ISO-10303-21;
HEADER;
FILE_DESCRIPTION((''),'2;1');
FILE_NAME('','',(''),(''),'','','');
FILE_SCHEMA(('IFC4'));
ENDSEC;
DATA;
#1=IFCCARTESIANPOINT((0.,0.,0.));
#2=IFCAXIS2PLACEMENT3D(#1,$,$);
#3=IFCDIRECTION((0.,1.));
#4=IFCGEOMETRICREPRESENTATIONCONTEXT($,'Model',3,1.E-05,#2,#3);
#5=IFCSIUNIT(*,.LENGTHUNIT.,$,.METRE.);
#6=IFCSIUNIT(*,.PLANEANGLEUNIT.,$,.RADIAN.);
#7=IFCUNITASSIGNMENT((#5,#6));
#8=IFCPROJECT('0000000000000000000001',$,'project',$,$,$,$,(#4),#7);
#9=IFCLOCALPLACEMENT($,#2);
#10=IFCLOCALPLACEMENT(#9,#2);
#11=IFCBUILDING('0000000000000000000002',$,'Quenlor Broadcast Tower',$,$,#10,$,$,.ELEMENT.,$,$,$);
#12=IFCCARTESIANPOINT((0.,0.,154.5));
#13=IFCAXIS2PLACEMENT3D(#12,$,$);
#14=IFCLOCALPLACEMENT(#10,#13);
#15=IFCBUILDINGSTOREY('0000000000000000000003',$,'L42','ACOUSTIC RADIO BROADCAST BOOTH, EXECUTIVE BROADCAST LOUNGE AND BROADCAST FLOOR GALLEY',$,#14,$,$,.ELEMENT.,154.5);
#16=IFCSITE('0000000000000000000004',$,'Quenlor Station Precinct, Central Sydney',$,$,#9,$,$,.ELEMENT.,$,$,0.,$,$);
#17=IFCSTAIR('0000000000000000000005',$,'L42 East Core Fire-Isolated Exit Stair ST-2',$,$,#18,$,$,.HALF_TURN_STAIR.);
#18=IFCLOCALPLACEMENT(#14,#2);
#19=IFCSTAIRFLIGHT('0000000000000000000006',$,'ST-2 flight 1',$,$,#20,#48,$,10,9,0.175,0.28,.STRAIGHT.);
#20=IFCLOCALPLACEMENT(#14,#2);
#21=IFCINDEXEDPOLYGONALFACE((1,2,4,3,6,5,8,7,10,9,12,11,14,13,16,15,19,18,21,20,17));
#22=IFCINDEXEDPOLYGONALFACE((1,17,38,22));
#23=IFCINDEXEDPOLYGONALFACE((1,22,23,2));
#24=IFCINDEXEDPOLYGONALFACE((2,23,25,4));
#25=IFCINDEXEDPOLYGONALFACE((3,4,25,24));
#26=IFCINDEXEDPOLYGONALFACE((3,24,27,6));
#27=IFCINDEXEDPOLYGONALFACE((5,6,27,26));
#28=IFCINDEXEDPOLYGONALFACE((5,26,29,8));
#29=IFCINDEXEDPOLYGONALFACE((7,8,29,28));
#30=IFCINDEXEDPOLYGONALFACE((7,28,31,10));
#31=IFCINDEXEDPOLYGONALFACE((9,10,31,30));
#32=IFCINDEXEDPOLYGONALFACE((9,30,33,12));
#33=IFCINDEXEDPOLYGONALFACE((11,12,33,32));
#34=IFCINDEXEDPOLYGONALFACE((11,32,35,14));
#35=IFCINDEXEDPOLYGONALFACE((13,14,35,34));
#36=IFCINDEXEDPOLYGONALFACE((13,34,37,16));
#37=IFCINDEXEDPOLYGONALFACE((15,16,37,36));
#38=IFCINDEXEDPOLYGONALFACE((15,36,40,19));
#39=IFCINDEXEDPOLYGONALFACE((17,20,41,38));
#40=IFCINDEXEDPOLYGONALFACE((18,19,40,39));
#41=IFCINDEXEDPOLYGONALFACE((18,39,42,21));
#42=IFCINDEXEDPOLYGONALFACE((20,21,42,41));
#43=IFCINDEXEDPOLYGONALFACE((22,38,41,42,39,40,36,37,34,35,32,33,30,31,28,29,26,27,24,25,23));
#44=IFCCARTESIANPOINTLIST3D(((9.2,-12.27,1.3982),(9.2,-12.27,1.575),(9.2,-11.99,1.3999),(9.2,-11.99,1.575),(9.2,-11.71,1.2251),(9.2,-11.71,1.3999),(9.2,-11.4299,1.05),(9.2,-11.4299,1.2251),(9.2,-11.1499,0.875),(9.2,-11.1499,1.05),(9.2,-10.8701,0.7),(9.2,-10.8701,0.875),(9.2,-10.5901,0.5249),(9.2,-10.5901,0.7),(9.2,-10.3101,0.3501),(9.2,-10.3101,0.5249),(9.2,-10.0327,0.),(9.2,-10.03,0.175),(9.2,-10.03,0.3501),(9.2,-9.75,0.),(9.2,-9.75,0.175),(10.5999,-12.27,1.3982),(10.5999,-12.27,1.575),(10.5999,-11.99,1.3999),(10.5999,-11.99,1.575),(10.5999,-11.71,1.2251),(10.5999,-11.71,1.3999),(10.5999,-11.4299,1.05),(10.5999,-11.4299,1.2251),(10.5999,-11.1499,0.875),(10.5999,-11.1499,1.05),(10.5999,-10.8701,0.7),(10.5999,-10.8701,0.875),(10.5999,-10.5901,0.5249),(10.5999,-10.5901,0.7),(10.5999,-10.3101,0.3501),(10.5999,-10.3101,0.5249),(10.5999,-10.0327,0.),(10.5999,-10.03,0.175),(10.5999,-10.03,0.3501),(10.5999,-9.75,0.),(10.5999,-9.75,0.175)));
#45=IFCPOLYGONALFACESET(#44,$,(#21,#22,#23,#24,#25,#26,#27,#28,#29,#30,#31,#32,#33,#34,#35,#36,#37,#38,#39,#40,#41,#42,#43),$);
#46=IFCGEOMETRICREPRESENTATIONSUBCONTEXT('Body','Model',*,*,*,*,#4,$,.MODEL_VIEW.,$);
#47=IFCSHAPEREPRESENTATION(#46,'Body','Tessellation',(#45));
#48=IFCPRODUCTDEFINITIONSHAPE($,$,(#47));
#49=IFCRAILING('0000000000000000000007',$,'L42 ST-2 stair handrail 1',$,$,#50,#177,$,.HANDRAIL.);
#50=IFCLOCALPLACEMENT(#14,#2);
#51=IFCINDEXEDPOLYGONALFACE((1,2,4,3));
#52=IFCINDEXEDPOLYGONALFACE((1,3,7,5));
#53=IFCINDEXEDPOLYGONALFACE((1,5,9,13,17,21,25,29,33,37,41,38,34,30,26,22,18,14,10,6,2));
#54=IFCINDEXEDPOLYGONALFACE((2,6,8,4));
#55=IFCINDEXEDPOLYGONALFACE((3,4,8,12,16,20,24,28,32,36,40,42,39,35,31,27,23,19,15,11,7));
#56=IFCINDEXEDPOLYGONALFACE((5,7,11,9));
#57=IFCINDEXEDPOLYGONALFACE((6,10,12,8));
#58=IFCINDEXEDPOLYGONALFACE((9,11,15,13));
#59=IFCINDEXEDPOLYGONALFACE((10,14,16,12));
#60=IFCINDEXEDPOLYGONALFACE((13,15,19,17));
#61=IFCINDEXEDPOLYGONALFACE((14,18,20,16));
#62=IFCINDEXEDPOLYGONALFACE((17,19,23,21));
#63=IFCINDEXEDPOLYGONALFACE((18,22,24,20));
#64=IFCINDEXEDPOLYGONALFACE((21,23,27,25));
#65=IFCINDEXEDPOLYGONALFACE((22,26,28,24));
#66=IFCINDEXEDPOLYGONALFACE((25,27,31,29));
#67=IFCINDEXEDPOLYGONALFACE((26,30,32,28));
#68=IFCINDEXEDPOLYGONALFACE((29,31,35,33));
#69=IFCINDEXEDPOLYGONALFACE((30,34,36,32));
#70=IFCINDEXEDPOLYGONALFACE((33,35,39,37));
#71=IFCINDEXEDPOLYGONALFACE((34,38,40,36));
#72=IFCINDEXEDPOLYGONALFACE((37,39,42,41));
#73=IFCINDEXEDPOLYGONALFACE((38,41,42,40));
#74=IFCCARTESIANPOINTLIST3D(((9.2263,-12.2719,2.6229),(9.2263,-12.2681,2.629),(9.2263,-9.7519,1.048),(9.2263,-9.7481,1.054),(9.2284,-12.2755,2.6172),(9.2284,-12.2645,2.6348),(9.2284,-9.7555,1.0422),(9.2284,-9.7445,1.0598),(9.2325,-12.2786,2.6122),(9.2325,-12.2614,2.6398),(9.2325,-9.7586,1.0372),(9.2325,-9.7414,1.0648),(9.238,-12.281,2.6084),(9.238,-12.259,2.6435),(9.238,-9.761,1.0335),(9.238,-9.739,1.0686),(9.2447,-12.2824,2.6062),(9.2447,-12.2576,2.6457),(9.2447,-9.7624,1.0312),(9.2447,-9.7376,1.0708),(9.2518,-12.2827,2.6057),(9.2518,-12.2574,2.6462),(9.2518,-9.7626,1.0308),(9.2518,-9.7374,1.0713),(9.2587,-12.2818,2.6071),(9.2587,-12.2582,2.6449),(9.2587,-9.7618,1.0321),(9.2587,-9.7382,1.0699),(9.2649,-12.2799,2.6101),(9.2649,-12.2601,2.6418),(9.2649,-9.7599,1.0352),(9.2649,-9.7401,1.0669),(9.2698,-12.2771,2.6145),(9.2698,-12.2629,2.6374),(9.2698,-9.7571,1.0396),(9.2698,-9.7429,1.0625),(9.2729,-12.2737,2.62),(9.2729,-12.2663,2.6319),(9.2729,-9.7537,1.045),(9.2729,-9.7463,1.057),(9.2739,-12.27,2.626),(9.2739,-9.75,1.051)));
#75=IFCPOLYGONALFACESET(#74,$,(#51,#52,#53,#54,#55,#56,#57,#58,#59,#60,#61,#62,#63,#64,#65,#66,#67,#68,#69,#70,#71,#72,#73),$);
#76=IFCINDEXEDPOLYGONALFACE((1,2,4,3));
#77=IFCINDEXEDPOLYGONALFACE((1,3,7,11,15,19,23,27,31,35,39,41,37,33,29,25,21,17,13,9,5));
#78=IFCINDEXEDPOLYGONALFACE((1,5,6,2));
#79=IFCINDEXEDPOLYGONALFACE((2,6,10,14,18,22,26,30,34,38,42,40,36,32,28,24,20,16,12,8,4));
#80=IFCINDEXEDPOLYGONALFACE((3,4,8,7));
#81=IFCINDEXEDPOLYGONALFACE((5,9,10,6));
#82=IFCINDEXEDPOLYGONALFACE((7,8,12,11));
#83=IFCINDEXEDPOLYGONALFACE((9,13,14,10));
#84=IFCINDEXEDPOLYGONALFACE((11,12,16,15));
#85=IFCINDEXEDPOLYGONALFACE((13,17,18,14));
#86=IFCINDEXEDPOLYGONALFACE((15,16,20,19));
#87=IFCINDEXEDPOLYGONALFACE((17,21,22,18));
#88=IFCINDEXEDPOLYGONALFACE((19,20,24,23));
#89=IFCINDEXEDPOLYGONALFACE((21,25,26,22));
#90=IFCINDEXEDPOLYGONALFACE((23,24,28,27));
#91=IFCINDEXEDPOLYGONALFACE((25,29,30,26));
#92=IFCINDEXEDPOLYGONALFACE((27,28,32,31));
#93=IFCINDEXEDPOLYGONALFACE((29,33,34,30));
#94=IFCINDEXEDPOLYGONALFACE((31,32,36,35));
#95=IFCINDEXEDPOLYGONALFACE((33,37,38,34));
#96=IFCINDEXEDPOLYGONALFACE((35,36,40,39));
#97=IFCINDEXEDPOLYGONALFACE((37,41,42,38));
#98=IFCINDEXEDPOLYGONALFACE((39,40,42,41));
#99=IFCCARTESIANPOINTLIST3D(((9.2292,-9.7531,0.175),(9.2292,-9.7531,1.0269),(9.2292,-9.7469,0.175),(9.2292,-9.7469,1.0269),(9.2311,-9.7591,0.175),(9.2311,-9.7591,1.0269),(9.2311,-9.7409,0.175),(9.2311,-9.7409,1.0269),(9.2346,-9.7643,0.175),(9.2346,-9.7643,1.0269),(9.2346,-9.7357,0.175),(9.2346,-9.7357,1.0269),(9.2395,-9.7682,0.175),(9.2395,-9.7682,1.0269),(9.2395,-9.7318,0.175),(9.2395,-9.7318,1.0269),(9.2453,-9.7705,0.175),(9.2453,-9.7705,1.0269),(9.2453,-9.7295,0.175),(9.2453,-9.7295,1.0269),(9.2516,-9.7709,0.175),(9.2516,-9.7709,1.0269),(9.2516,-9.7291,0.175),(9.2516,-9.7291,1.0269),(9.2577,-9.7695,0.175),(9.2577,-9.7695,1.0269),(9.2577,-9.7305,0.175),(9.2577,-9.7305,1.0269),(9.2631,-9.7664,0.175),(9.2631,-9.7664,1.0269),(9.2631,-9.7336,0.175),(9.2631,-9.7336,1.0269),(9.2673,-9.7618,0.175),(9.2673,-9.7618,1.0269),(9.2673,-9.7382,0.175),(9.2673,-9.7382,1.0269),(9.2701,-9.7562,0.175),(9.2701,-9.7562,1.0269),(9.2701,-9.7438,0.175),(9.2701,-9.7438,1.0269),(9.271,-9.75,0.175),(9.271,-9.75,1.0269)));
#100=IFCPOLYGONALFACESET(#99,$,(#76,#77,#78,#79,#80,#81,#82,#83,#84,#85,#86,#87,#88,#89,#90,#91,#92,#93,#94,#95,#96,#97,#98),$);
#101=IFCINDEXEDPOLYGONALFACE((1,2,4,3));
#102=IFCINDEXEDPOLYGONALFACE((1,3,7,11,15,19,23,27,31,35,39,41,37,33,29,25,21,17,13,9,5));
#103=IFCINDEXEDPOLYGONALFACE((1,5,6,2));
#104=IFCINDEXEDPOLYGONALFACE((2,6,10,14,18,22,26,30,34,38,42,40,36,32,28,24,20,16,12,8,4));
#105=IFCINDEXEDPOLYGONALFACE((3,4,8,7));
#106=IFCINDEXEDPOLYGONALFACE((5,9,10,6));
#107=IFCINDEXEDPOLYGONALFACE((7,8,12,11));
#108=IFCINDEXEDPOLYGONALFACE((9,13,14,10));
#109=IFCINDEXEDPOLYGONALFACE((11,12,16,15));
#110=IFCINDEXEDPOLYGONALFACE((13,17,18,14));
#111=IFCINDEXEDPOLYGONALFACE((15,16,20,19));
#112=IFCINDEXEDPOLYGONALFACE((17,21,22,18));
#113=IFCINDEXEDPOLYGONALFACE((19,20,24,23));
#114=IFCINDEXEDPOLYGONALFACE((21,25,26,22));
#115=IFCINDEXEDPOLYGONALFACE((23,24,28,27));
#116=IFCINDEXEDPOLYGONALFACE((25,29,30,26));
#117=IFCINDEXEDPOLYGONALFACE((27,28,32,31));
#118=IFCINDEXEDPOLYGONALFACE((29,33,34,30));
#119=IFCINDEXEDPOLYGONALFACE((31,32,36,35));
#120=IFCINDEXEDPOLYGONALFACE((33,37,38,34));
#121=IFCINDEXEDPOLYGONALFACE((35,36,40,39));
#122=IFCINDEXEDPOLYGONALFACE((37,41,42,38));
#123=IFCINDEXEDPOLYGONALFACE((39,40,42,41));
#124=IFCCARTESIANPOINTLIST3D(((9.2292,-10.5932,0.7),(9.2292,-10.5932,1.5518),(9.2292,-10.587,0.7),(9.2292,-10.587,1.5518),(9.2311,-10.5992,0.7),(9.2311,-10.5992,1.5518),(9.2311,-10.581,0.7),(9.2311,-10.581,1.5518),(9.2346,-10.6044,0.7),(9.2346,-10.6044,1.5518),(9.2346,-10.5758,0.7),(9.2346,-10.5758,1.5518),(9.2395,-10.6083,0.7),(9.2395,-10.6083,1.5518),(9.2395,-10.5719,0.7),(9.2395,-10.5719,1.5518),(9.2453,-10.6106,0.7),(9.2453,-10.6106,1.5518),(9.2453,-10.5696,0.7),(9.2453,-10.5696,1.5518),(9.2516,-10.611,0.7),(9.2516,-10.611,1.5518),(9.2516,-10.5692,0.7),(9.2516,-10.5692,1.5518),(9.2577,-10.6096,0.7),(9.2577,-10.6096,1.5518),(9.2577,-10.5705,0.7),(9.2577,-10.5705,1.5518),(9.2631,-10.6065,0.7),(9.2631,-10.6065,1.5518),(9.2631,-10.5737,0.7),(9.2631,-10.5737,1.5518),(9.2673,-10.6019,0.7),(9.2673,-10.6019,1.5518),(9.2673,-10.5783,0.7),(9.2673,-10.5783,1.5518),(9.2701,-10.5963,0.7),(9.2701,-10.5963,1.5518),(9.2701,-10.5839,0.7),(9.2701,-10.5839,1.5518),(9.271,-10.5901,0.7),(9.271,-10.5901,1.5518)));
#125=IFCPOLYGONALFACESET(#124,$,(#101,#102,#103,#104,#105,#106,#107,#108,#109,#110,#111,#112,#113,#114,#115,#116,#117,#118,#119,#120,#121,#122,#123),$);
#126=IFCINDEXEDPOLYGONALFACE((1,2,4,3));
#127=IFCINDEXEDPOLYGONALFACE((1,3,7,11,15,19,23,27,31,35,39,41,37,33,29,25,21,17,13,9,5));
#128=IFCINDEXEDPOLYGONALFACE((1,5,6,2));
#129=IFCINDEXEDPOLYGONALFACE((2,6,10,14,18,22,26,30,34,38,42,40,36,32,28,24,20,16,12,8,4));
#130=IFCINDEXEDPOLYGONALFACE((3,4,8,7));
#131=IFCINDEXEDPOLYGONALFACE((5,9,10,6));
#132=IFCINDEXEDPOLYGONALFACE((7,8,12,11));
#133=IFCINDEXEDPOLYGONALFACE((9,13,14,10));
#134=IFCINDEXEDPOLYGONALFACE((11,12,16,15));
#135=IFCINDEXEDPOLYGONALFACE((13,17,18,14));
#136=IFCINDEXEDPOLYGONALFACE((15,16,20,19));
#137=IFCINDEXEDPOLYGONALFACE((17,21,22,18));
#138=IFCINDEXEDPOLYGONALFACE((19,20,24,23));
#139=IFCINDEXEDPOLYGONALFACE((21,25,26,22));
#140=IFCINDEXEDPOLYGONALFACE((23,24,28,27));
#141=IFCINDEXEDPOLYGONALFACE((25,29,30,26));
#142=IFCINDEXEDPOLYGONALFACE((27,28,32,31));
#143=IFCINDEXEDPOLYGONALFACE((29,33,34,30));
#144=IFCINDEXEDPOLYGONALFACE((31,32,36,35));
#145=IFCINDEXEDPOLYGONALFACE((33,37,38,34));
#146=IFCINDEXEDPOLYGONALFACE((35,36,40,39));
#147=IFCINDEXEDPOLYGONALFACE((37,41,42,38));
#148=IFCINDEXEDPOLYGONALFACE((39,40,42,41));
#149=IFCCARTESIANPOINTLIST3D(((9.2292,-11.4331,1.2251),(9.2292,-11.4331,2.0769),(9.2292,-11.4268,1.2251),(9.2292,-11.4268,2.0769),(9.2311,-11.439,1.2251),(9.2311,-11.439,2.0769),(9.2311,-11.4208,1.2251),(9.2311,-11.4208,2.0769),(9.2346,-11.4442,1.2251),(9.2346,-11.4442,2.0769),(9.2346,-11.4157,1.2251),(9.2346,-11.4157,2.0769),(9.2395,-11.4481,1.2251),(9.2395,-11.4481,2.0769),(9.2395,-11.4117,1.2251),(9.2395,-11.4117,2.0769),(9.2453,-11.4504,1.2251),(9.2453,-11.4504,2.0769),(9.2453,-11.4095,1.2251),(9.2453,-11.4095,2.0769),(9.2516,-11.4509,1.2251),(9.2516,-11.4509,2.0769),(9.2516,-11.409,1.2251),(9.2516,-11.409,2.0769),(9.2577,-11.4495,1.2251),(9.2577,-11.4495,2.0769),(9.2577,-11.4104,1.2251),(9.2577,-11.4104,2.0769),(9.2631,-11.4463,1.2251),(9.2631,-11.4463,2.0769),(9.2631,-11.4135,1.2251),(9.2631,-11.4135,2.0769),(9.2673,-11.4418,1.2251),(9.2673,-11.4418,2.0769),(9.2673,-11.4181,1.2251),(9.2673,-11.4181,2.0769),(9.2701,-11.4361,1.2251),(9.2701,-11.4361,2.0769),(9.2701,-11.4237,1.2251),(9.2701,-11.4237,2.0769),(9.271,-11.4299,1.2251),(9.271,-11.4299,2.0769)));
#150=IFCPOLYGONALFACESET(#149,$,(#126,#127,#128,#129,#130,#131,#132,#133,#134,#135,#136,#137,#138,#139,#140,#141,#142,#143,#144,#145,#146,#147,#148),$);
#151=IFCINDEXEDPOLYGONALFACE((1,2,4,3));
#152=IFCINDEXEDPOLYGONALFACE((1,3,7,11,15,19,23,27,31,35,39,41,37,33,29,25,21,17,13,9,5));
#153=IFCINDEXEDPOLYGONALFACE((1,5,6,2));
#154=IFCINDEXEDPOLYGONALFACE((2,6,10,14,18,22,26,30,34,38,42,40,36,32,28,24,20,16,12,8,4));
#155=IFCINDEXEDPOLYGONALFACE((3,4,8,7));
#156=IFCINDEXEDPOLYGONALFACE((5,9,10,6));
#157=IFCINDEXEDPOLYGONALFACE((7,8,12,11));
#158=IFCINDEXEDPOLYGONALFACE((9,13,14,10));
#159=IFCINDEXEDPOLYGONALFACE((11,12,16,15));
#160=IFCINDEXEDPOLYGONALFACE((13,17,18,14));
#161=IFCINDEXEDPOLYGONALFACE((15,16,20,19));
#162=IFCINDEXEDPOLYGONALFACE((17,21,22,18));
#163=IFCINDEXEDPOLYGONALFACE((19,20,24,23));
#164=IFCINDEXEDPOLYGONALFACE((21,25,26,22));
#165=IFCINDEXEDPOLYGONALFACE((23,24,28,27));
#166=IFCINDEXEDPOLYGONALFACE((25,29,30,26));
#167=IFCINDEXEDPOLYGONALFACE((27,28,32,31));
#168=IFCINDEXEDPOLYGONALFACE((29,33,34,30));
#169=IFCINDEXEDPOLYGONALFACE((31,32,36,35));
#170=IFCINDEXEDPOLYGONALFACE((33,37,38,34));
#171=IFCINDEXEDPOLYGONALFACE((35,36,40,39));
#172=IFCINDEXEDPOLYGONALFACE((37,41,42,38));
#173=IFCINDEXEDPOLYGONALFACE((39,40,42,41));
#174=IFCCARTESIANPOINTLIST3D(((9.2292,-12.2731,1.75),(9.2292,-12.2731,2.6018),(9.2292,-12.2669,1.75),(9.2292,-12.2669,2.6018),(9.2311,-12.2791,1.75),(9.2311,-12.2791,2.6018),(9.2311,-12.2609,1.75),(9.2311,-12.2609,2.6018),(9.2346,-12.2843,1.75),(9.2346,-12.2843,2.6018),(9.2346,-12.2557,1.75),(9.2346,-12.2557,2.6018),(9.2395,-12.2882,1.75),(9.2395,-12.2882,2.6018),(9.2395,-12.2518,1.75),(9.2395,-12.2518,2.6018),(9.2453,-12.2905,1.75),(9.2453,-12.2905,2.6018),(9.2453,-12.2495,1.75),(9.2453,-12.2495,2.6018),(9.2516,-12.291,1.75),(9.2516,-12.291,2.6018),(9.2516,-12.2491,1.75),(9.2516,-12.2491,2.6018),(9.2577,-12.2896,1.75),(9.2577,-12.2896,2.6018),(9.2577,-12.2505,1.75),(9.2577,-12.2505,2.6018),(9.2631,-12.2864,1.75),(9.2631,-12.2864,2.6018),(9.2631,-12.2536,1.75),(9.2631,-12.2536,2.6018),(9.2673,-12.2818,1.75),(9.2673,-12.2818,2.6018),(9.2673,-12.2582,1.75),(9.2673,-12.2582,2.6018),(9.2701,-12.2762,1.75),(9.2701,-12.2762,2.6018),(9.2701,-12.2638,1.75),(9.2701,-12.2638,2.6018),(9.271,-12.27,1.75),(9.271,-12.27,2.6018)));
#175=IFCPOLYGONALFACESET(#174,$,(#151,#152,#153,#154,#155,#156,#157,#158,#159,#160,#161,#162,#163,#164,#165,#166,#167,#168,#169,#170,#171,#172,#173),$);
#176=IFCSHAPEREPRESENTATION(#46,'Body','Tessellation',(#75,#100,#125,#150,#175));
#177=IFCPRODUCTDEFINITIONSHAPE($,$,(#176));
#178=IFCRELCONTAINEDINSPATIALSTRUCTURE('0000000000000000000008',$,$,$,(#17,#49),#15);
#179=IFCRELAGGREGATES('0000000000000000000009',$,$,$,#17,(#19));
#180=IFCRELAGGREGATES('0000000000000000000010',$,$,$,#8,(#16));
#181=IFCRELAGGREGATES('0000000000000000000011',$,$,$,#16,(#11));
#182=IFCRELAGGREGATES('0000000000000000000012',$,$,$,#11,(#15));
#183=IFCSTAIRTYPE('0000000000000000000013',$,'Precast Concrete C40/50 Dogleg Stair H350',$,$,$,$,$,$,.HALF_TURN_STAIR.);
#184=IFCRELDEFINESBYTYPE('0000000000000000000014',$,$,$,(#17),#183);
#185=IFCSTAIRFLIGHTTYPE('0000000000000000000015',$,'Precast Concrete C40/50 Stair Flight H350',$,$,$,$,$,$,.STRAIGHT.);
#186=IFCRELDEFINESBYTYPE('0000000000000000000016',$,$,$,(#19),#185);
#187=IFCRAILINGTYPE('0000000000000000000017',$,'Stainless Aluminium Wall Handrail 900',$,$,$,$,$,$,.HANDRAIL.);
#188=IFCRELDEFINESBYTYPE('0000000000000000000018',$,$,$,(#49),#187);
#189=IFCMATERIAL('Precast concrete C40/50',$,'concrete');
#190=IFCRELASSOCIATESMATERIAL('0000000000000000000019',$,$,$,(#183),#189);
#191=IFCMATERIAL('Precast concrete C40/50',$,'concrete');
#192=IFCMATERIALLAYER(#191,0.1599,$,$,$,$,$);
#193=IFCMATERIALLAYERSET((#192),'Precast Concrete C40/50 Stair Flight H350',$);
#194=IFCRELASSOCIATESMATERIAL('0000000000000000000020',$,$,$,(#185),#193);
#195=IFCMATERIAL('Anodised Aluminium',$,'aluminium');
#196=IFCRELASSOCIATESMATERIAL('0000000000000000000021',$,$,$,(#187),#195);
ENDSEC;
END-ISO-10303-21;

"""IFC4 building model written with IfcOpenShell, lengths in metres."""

from ifc_helpers import new_model, si_unit, direction, frame, origin, origin_2d, place, context, subcontext, project, spatial, polyline, circle, outline, extrude, material, layer, layer_set, type_object, element, aggregate, save


model = new_model("IFC4")

# Units and contexts
model_context = context("Model", 3, precision=1e-05, world=origin(), true_north=direction((0.0, 1.0)))
body_context = subcontext(model_context, "Body", "Model", "MODEL_VIEW")
ifc_project = project(units=[si_unit("LENGTHUNIT", "METRE"), si_unit("PLANEANGLEUNIT", "RADIAN")], contexts=[model_context])

# Site, building, storey
site_placement = place(None, origin())
site = spatial("IfcSite", under=ifc_project, at=site_placement, Name="Quenlor Station Precinct, Central Sydney", CompositionType="ELEMENT", RefElevation=0.0)
building_placement = place(site_placement, origin())
building = spatial("IfcBuilding", under=site, at=building_placement, Name="Quenlor Broadcast Tower", CompositionType="ELEMENT")
storey_placement = place(building_placement, frame((0.0, 0.0, 154.5)))
storey = spatial("IfcBuildingStorey", under=building, at=storey_placement, Name="L42", Description="ACOUSTIC RADIO BROADCAST BOOTH, EXECUTIVE BROADCAST LOUNGE AND BROADCAST FLOOR GALLEY", CompositionType="ELEMENT", Elevation=154.5)

# Stair, stair flight
ifc_material_1 = material(Name="Precast concrete C40/50", Category="concrete")
stair_type = type_object("IfcStairType", Name="Precast Concrete C40/50 Dogleg Stair H350", PredefinedType="HALF_TURN_STAIR", material=ifc_material_1)
stair_placement = place(storey_placement, origin())
stair = element("IfcStair", 1, at=stair_placement, inside=storey, type_object=stair_type, Name="L42 East Core Fire-Isolated Exit Stair ST-2", PredefinedType="HALF_TURN_STAIR")
ifc_material_2 = material(Name="Precast concrete C40/50", Category="concrete")
ifc_layer_1 = layer(ifc_material_2, 0.1599)
ifc_layer_set_1 = layer_set([ifc_layer_1], Name="Precast Concrete C40/50 Stair Flight H350")
stair_flight_type = type_object("IfcStairFlightType", Name="Precast Concrete C40/50 Stair Flight H350", PredefinedType="STRAIGHT", material=ifc_layer_set_1)
stair_flight_placement = place(storey_placement, frame((9.8999, -9.75, 0.0), z_axis=(0.0, 0.0, 1.0), x_axis=(0.0, -1.0, 0.0)))
stair_flight = element("IfcStairFlight", 2, at=stair_flight_placement, type_object=stair_flight_type, Name="ST-2 flight 1", NumberOfRisers=10, NumberOfTreads=9, PredefinedType="STRAIGHT", RiserHeight=0.175, TreadLength=0.28, context=body_context, shape_type="SweptSolid", body=[
    extrude(outline(polyline([(0.0, 0.0), (0.0, 0.175), (0.28, 0.175), (0.28, 0.3501), (0.5601, 0.3501), (0.5601, 0.5249), (0.8401, 0.5249), (0.8401, 0.7), (1.1201, 0.7), (1.1201, 0.875), (1.3999, 0.875), (1.3999, 1.05), (1.6799, 1.05), (1.6799, 1.2251), (1.96, 1.2251), (1.96, 1.3999), (2.24, 1.3999), (2.24, 1.575), (2.52, 1.575), (2.52, 1.75), (2.52, 1.3982), (0.2827, 0.0), (0.0, 0.0)])), frame((0.0, 0.7, 0.0), z_axis=(0.0, -1.0, 0.0), x_axis=(1.0, 0.0, 0.0)), (0.0, 0.0, 1.0), 1.3999),
])
aggregate(stair, [stair_flight])

# Railing
ifc_material_3 = material(Name="Anodised Aluminium", Category="aluminium")
railing_type_1 = type_object("IfcRailingType", Name="Stainless Aluminium Wall Handrail 900", PredefinedType="HANDRAIL", material=ifc_material_3)
railing_1_placement = place(storey_placement, frame((9.25, -9.75, 0.175)))
element("IfcRailing", 3, at=railing_1_placement, inside=storey, type_object=railing_type_1, Name="L42 ST-2 stair handrail 1", PredefinedType="HANDRAIL", context=body_context, shape_type="SweptSolid", body=[
    extrude(circle(Radius=0.0239, at=origin_2d()), frame((0.0, 0.0, 0.876), z_axis=(0.0, -0.848008, 0.529984), x_axis=(1.0, 0.0, 0.0)), (0.0, 0.0, 1.0), 2.9717),
    extrude(circle(Radius=0.021, at=origin_2d()), origin(), (0.0, 0.0, 1.0), 0.8518),
    extrude(circle(Radius=0.021, at=origin_2d()), frame((0.0, -0.8401, 0.5249)), (0.0, 0.0, 1.0), 0.8518),
    extrude(circle(Radius=0.021, at=origin_2d()), frame((0.0, -1.6799, 1.05)), (0.0, 0.0, 1.0), 0.8518),
    extrude(circle(Radius=0.021, at=origin_2d()), frame((0.0, -2.52, 1.575)), (0.0, 0.0, 1.0), 0.8518),
])

save(model, "model.ifc")
